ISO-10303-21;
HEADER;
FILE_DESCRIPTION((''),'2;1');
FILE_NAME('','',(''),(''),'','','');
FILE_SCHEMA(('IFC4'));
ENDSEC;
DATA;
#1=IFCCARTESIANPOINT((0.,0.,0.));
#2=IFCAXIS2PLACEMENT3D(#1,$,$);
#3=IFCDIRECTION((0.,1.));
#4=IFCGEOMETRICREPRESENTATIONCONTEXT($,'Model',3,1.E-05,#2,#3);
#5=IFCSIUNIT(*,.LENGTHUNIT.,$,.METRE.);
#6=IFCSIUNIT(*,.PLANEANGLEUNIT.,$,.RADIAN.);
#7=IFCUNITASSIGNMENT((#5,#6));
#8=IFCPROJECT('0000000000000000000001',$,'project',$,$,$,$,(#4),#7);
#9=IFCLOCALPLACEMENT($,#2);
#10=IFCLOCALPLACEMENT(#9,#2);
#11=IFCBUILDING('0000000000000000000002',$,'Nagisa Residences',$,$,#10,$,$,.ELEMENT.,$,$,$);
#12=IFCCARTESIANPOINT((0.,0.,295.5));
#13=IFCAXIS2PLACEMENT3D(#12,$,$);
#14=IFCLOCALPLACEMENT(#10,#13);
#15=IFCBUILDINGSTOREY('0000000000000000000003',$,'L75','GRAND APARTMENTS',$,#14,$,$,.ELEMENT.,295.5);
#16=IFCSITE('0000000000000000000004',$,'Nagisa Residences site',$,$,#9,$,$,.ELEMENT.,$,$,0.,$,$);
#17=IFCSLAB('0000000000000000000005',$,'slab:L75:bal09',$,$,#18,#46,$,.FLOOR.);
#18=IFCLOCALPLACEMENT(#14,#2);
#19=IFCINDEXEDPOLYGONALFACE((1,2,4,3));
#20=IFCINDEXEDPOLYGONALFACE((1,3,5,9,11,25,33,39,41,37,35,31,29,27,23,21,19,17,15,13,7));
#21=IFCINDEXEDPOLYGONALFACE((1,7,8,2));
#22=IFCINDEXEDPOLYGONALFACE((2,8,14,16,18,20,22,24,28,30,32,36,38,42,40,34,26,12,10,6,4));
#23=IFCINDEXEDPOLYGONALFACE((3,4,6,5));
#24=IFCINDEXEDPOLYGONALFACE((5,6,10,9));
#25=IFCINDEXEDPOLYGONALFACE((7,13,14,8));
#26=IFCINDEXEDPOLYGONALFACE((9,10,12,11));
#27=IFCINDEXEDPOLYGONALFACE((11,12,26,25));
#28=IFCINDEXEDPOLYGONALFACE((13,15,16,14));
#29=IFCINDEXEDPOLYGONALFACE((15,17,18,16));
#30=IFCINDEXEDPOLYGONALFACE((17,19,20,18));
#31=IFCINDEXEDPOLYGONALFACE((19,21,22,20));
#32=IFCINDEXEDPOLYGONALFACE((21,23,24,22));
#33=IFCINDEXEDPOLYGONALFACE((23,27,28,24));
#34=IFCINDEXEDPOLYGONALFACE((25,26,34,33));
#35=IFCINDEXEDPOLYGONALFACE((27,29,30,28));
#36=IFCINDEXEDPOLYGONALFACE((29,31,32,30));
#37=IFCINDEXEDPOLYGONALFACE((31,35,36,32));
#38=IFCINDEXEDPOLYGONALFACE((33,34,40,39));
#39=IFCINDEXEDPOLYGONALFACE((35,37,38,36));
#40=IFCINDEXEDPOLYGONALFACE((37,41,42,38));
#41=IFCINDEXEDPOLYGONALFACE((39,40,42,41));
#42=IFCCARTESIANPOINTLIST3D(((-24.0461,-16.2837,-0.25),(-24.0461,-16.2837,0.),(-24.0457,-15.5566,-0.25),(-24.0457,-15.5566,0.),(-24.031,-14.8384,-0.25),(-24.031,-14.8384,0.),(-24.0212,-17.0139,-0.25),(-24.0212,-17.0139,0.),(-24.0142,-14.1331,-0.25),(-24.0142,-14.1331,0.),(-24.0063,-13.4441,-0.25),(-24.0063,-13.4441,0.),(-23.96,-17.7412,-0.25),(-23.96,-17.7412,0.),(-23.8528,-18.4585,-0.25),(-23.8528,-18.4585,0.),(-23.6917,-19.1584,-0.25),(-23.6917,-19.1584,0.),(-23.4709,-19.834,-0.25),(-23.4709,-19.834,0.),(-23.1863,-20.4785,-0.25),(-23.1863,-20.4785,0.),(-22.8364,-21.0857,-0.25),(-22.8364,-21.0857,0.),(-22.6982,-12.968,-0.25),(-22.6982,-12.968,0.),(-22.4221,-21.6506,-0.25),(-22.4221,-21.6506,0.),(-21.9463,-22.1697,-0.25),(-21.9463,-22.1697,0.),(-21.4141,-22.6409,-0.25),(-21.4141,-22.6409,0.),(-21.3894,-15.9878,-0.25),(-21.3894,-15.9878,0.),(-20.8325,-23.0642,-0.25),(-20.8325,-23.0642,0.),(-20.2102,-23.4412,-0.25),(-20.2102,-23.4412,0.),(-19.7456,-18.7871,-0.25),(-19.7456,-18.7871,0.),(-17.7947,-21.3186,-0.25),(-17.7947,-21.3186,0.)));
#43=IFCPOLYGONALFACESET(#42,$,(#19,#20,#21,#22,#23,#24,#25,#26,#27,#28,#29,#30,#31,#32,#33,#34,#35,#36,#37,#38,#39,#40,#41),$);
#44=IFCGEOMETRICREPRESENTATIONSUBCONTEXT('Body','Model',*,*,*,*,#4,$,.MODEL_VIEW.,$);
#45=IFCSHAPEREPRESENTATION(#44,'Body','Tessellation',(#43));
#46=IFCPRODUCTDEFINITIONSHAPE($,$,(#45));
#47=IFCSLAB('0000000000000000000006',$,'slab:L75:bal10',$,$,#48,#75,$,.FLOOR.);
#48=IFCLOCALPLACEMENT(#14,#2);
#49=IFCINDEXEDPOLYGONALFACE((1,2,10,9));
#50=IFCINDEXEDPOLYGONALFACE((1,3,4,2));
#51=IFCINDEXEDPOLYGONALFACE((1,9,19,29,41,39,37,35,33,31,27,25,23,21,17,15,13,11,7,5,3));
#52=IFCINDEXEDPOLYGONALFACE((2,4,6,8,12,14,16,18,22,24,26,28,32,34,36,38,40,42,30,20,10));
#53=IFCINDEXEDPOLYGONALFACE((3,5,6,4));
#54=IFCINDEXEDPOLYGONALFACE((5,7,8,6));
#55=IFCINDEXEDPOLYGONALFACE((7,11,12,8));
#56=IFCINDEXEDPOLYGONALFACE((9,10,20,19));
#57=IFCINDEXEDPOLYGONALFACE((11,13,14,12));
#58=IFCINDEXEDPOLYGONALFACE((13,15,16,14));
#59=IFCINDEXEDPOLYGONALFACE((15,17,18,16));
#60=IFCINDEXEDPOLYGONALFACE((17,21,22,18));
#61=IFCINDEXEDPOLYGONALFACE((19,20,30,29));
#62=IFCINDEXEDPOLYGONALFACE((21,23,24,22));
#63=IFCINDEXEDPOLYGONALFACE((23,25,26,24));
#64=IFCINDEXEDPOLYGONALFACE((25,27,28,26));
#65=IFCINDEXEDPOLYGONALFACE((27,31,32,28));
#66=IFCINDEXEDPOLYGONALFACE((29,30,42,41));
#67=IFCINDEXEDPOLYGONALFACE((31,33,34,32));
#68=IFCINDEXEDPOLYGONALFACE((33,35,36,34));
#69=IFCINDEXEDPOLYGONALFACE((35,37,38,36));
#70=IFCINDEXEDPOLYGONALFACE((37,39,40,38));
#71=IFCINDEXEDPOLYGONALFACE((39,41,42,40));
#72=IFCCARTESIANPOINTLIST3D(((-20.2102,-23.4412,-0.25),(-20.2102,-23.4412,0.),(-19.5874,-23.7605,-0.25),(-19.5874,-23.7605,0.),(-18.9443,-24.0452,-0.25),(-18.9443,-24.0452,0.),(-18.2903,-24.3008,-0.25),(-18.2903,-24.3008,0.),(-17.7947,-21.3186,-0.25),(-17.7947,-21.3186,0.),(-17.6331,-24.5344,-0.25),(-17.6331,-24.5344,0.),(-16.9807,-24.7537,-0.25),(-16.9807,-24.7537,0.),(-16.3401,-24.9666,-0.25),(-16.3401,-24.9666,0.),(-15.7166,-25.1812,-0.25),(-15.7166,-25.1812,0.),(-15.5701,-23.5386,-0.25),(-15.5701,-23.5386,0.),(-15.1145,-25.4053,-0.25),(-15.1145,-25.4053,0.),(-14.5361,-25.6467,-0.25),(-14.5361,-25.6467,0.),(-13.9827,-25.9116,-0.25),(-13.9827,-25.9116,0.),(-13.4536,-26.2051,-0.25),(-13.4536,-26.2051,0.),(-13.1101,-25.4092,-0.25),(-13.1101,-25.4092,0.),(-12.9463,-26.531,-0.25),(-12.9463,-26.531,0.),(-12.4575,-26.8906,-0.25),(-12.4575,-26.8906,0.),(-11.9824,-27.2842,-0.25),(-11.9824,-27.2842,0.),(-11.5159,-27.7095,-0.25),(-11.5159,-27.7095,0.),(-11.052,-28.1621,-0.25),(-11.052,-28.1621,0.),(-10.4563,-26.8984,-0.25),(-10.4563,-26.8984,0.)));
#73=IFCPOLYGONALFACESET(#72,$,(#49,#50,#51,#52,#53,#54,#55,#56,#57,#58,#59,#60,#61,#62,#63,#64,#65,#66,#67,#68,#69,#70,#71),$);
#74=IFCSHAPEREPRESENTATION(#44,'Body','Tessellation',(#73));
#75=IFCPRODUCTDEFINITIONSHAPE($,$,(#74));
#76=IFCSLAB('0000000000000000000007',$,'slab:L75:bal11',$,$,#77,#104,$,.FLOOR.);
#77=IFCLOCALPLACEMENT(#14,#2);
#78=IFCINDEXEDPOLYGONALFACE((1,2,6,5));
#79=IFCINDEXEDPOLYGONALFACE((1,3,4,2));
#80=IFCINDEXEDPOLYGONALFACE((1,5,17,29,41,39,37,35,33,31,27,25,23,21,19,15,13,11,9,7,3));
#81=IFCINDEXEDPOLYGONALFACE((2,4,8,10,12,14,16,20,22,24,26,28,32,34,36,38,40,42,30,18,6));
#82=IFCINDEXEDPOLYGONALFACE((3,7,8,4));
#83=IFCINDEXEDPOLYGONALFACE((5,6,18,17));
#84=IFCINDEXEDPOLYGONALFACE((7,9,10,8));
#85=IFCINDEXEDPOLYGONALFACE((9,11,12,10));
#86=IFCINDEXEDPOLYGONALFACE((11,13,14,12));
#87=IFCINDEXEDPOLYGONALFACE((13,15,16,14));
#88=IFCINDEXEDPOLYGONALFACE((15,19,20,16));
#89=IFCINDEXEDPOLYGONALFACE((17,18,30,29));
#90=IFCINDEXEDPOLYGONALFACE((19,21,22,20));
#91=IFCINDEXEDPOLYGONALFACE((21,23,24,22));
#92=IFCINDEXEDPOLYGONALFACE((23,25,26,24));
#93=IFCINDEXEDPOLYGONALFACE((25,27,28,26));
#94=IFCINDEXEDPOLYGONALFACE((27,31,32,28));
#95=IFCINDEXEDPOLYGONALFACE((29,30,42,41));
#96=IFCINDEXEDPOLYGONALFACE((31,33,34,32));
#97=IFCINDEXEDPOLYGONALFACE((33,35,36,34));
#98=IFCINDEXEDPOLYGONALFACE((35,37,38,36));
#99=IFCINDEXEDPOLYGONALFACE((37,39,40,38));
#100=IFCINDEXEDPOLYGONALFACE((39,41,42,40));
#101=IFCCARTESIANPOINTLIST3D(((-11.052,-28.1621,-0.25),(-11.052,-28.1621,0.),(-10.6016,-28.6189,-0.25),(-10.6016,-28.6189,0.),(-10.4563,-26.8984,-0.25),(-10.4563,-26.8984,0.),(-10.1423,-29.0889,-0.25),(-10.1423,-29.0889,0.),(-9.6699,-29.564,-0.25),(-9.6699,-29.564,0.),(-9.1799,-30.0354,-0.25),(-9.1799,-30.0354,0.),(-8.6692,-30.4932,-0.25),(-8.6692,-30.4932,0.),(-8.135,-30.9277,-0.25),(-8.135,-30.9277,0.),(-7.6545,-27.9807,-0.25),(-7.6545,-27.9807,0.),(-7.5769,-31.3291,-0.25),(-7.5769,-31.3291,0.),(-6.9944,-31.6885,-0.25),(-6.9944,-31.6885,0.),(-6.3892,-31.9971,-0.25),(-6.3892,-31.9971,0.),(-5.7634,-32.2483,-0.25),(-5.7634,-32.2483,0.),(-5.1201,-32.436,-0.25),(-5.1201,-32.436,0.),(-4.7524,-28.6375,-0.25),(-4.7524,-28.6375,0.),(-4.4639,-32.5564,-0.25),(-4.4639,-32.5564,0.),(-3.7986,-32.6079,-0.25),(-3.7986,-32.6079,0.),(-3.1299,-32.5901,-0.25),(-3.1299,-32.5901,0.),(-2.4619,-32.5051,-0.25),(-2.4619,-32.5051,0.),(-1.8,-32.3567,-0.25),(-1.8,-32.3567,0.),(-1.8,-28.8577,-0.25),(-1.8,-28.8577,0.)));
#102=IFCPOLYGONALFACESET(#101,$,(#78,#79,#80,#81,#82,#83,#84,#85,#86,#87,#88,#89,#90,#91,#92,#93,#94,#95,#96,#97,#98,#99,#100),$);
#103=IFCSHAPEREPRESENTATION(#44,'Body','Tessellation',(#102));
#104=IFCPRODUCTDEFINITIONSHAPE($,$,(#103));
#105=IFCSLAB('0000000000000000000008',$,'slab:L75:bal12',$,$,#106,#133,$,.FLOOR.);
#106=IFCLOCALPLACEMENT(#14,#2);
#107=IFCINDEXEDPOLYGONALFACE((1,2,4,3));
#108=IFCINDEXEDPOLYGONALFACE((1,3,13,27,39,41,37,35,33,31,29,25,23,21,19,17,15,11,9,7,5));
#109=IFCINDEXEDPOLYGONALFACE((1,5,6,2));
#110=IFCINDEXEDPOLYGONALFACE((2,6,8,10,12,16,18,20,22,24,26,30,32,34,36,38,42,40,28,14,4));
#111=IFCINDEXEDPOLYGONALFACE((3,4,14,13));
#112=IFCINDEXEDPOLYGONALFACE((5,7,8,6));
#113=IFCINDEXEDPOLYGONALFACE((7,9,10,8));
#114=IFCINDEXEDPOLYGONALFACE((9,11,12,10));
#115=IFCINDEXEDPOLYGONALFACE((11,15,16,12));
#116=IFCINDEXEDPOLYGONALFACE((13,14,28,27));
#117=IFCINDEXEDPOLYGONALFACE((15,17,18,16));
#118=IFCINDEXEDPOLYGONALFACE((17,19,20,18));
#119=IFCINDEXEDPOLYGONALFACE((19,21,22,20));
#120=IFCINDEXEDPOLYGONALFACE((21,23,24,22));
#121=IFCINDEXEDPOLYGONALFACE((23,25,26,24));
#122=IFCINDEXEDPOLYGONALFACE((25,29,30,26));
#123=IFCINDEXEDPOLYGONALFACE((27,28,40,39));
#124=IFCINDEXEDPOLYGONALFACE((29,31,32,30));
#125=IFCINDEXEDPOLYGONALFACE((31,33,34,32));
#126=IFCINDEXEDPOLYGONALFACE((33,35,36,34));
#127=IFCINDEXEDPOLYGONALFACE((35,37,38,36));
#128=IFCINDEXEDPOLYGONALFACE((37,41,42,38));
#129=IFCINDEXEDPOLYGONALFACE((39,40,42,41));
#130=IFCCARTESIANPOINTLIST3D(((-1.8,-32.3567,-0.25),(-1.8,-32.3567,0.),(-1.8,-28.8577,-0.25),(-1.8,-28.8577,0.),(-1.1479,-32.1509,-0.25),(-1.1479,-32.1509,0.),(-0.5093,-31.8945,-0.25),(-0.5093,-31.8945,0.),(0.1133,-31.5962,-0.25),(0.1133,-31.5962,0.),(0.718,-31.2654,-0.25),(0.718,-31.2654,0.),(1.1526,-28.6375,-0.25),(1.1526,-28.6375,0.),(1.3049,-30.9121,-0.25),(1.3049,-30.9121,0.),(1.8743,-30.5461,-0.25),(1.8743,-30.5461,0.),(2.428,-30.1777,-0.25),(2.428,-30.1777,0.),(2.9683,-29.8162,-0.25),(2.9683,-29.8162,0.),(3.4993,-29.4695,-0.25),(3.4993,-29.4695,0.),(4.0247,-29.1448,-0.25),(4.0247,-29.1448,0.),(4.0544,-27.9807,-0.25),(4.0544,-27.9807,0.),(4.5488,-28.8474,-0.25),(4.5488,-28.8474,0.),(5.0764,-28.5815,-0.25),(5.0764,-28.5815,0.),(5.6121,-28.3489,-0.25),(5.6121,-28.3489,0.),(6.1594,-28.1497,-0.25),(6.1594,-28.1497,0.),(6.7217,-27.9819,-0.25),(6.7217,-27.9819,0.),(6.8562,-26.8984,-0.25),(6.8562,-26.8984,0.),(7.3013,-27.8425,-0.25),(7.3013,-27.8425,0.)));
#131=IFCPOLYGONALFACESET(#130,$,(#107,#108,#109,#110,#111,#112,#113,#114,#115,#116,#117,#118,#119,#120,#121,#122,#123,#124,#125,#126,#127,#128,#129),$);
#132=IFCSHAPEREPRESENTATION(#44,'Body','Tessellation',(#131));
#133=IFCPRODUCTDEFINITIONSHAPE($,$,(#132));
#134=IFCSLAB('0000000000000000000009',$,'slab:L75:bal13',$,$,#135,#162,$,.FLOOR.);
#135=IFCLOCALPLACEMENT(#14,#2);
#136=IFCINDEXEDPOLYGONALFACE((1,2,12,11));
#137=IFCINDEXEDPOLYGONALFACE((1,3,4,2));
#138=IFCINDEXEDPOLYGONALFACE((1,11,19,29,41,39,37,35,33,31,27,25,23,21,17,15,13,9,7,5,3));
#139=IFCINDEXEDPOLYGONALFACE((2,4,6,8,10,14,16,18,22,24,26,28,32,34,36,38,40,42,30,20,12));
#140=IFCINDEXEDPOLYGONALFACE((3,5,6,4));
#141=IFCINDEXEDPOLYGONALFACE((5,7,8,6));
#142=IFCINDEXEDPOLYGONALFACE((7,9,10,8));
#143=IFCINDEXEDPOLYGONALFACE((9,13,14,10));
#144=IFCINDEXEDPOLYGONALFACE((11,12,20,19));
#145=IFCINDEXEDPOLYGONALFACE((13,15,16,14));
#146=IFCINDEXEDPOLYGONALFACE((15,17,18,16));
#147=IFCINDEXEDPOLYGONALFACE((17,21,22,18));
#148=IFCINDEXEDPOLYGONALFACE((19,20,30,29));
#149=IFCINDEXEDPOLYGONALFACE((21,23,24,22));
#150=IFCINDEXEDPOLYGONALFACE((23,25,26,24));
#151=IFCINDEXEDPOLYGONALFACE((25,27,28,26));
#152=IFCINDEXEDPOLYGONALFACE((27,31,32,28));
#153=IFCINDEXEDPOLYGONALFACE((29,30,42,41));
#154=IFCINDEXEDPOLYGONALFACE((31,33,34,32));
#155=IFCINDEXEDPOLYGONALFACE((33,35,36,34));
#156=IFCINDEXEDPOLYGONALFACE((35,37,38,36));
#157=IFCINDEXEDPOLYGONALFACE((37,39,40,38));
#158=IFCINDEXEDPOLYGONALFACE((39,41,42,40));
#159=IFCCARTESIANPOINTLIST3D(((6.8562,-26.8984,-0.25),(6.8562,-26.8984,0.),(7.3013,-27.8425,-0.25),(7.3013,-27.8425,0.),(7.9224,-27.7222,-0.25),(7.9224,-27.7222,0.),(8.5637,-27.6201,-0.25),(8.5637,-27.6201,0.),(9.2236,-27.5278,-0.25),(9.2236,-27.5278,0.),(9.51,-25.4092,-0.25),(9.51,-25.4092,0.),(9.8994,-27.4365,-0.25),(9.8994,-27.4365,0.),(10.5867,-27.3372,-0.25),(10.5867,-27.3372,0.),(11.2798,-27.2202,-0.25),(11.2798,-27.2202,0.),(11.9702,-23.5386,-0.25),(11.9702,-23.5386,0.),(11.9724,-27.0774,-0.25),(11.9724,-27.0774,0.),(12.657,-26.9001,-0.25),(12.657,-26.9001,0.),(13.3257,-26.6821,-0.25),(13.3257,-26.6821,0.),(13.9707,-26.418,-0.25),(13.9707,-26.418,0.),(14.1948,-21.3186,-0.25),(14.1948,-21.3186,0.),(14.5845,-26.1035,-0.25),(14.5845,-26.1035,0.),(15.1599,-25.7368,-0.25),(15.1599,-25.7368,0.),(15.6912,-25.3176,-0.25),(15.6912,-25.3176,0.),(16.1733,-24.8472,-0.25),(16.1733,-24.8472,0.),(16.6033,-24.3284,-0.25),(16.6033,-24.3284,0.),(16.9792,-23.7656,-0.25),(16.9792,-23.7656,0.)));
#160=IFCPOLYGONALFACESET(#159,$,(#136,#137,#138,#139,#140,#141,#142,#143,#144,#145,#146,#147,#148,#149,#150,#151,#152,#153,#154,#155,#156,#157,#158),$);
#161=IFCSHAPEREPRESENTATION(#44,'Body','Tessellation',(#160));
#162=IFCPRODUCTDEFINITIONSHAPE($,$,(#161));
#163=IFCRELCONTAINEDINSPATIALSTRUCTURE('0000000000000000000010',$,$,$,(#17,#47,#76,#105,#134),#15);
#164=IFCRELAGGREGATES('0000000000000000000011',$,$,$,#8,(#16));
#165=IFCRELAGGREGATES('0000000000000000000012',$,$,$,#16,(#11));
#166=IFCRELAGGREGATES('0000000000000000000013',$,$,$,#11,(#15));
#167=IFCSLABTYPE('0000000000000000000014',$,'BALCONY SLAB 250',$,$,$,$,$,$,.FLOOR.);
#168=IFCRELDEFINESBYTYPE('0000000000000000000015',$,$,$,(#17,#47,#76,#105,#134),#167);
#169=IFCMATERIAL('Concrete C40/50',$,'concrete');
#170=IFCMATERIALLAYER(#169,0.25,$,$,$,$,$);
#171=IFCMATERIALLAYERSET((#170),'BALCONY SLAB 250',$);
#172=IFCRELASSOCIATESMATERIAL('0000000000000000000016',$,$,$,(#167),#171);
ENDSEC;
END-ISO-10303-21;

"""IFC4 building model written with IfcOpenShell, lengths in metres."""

from ifc_helpers import new_model, si_unit, direction, frame, origin, place, context, subcontext, project, spatial, polyline, outline, extrude, material, layer, layer_set, type_object, element, save


model = new_model("IFC4")

# Units and contexts
model_context = context("Model", 3, precision=1e-05, world=origin(), true_north=direction((0.0, 1.0)))
body_context = subcontext(model_context, "Body", "Model", "MODEL_VIEW")
ifc_project = project(units=[si_unit("LENGTHUNIT", "METRE"), si_unit("PLANEANGLEUNIT", "RADIAN")], contexts=[model_context])

# Site, building, storey
site_placement = place(None, origin())
site = spatial("IfcSite", under=ifc_project, at=site_placement, Name="Nagisa Residences site", CompositionType="ELEMENT", RefElevation=0.0)
building_placement = place(site_placement, origin())
building = spatial("IfcBuilding", under=site, at=building_placement, Name="Nagisa Residences", CompositionType="ELEMENT")
storey_placement = place(building_placement, frame((0.0, 0.0, 295.5)))
storey = spatial("IfcBuildingStorey", under=building, at=storey_placement, Name="L75", Description="GRAND APARTMENTS", CompositionType="ELEMENT", Elevation=295.5)

# Slabs
ifc_material_1 = material(Name="Concrete C40/50", Category="concrete")
ifc_layer_1 = layer(ifc_material_1, 0.25)
ifc_layer_set_1 = layer_set([ifc_layer_1], Name="BALCONY SLAB 250")
slab_type = type_object("IfcSlabType", Name="BALCONY SLAB 250", PredefinedType="FLOOR", material=ifc_layer_set_1)
slab_1_placement = place(storey_placement, frame((0.0, 0.0, -0.25)))
element("IfcSlab", 1, at=slab_1_placement, inside=storey, type_object=slab_type, Name="slab:L75:bal09", PredefinedType="FLOOR", context=body_context, shape_type="SweptSolid", body=[
    extrude(outline(polyline([(-24.0063, -13.4441), (-24.0142, -14.1331), (-24.031, -14.8384), (-24.0457, -15.5566), (-24.0461, -16.2837), (-24.0212, -17.0139), (-23.96, -17.7412), (-23.8528, -18.4585), (-23.6917, -19.1584), (-23.4709, -19.834), (-23.1863, -20.4785), (-22.8364, -21.0857), (-22.4221, -21.6506), (-21.9463, -22.1697), (-21.4141, -22.6409), (-20.8325, -23.0642), (-20.2102, -23.4412), (-17.7947, -21.3186), (-19.7456, -18.7871), (-21.3894, -15.9878), (-22.6982, -12.968), (-24.0063, -13.4441)])), origin(), (0.0, 0.0, 1.0), 0.25),
])
slab_2_placement = place(storey_placement, frame((0.0, 0.0, -0.25)))
element("IfcSlab", 2, at=slab_2_placement, inside=storey, type_object=slab_type, Name="slab:L75:bal10", PredefinedType="FLOOR", context=body_context, shape_type="SweptSolid", body=[
    extrude(outline(polyline([(-20.2102, -23.4412), (-19.5874, -23.7605), (-18.9443, -24.0452), (-18.2903, -24.3008), (-17.6331, -24.5344), (-16.9807, -24.7537), (-16.3401, -24.9666), (-15.7166, -25.1812), (-15.1145, -25.4053), (-14.5361, -25.6467), (-13.9827, -25.9116), (-13.4536, -26.2051), (-12.9463, -26.531), (-12.4575, -26.8906), (-11.9824, -27.2842), (-11.5159, -27.7095), (-11.052, -28.1621), (-10.4563, -26.8984), (-13.1101, -25.4092), (-15.5701, -23.5386), (-17.7947, -21.3186), (-20.2102, -23.4412)])), origin(), (0.0, 0.0, 1.0), 0.25),
])
slab_3_placement = place(storey_placement, frame((0.0, 0.0, -0.25)))
element("IfcSlab", 3, at=slab_3_placement, inside=storey, type_object=slab_type, Name="slab:L75:bal11", PredefinedType="FLOOR", context=body_context, shape_type="SweptSolid", body=[
    extrude(outline(polyline([(-11.052, -28.1621), (-10.6016, -28.6189), (-10.1423, -29.0889), (-9.6699, -29.564), (-9.1799, -30.0354), (-8.6692, -30.4932), (-8.135, -30.9277), (-7.5769, -31.3291), (-6.9944, -31.6885), (-6.3892, -31.9971), (-5.7634, -32.2483), (-5.1201, -32.436), (-4.4639, -32.5564), (-3.7986, -32.6079), (-3.1299, -32.5901), (-2.4619, -32.5051), (-1.8, -32.3567), (-1.8, -28.8577), (-4.7524, -28.6375), (-7.6545, -27.9807), (-10.4563, -26.8984), (-11.052, -28.1621)])), origin(), (0.0, 0.0, 1.0), 0.25),
])
slab_4_placement = place(storey_placement, frame((0.0, 0.0, -0.25)))
element("IfcSlab", 4, at=slab_4_placement, inside=storey, type_object=slab_type, Name="slab:L75:bal12", PredefinedType="FLOOR", context=body_context, shape_type="SweptSolid", body=[
    extrude(outline(polyline([(-1.8, -32.3567), (-1.1479, -32.1509), (-0.5093, -31.8945), (0.1133, -31.5962), (0.718, -31.2654), (1.3049, -30.9121), (1.8743, -30.5461), (2.428, -30.1777), (2.9683, -29.8162), (3.4993, -29.4695), (4.0247, -29.1448), (4.5488, -28.8474), (5.0764, -28.5815), (5.6121, -28.3489), (6.1594, -28.1497), (6.7217, -27.9819), (7.3013, -27.8425), (6.8562, -26.8984), (4.0544, -27.9807), (1.1526, -28.6375), (-1.8, -28.8577), (-1.8, -32.3567)])), origin(), (0.0, 0.0, 1.0), 0.25),
])
slab_5_placement = place(storey_placement, frame((0.0, 0.0, -0.25)))
element("IfcSlab", 5, at=slab_5_placement, inside=storey, type_object=slab_type, Name="slab:L75:bal13", PredefinedType="FLOOR", context=body_context, shape_type="SweptSolid", body=[
    extrude(outline(polyline([(7.3013, -27.8425), (7.9224, -27.7222), (8.5637, -27.6201), (9.2236, -27.5278), (9.8994, -27.4365), (10.5867, -27.3372), (11.2798, -27.2202), (11.9724, -27.0774), (12.657, -26.9001), (13.3257, -26.6821), (13.9707, -26.418), (14.5845, -26.1035), (15.1599, -25.7368), (15.6912, -25.3176), (16.1733, -24.8472), (16.6033, -24.3284), (16.9792, -23.7656), (14.1948, -21.3186), (11.9702, -23.5386), (9.51, -25.4092), (6.8562, -26.8984), (7.3013, -27.8425)])), origin(), (0.0, 0.0, 1.0), 0.25),
])

save(model, "model.ifc")
